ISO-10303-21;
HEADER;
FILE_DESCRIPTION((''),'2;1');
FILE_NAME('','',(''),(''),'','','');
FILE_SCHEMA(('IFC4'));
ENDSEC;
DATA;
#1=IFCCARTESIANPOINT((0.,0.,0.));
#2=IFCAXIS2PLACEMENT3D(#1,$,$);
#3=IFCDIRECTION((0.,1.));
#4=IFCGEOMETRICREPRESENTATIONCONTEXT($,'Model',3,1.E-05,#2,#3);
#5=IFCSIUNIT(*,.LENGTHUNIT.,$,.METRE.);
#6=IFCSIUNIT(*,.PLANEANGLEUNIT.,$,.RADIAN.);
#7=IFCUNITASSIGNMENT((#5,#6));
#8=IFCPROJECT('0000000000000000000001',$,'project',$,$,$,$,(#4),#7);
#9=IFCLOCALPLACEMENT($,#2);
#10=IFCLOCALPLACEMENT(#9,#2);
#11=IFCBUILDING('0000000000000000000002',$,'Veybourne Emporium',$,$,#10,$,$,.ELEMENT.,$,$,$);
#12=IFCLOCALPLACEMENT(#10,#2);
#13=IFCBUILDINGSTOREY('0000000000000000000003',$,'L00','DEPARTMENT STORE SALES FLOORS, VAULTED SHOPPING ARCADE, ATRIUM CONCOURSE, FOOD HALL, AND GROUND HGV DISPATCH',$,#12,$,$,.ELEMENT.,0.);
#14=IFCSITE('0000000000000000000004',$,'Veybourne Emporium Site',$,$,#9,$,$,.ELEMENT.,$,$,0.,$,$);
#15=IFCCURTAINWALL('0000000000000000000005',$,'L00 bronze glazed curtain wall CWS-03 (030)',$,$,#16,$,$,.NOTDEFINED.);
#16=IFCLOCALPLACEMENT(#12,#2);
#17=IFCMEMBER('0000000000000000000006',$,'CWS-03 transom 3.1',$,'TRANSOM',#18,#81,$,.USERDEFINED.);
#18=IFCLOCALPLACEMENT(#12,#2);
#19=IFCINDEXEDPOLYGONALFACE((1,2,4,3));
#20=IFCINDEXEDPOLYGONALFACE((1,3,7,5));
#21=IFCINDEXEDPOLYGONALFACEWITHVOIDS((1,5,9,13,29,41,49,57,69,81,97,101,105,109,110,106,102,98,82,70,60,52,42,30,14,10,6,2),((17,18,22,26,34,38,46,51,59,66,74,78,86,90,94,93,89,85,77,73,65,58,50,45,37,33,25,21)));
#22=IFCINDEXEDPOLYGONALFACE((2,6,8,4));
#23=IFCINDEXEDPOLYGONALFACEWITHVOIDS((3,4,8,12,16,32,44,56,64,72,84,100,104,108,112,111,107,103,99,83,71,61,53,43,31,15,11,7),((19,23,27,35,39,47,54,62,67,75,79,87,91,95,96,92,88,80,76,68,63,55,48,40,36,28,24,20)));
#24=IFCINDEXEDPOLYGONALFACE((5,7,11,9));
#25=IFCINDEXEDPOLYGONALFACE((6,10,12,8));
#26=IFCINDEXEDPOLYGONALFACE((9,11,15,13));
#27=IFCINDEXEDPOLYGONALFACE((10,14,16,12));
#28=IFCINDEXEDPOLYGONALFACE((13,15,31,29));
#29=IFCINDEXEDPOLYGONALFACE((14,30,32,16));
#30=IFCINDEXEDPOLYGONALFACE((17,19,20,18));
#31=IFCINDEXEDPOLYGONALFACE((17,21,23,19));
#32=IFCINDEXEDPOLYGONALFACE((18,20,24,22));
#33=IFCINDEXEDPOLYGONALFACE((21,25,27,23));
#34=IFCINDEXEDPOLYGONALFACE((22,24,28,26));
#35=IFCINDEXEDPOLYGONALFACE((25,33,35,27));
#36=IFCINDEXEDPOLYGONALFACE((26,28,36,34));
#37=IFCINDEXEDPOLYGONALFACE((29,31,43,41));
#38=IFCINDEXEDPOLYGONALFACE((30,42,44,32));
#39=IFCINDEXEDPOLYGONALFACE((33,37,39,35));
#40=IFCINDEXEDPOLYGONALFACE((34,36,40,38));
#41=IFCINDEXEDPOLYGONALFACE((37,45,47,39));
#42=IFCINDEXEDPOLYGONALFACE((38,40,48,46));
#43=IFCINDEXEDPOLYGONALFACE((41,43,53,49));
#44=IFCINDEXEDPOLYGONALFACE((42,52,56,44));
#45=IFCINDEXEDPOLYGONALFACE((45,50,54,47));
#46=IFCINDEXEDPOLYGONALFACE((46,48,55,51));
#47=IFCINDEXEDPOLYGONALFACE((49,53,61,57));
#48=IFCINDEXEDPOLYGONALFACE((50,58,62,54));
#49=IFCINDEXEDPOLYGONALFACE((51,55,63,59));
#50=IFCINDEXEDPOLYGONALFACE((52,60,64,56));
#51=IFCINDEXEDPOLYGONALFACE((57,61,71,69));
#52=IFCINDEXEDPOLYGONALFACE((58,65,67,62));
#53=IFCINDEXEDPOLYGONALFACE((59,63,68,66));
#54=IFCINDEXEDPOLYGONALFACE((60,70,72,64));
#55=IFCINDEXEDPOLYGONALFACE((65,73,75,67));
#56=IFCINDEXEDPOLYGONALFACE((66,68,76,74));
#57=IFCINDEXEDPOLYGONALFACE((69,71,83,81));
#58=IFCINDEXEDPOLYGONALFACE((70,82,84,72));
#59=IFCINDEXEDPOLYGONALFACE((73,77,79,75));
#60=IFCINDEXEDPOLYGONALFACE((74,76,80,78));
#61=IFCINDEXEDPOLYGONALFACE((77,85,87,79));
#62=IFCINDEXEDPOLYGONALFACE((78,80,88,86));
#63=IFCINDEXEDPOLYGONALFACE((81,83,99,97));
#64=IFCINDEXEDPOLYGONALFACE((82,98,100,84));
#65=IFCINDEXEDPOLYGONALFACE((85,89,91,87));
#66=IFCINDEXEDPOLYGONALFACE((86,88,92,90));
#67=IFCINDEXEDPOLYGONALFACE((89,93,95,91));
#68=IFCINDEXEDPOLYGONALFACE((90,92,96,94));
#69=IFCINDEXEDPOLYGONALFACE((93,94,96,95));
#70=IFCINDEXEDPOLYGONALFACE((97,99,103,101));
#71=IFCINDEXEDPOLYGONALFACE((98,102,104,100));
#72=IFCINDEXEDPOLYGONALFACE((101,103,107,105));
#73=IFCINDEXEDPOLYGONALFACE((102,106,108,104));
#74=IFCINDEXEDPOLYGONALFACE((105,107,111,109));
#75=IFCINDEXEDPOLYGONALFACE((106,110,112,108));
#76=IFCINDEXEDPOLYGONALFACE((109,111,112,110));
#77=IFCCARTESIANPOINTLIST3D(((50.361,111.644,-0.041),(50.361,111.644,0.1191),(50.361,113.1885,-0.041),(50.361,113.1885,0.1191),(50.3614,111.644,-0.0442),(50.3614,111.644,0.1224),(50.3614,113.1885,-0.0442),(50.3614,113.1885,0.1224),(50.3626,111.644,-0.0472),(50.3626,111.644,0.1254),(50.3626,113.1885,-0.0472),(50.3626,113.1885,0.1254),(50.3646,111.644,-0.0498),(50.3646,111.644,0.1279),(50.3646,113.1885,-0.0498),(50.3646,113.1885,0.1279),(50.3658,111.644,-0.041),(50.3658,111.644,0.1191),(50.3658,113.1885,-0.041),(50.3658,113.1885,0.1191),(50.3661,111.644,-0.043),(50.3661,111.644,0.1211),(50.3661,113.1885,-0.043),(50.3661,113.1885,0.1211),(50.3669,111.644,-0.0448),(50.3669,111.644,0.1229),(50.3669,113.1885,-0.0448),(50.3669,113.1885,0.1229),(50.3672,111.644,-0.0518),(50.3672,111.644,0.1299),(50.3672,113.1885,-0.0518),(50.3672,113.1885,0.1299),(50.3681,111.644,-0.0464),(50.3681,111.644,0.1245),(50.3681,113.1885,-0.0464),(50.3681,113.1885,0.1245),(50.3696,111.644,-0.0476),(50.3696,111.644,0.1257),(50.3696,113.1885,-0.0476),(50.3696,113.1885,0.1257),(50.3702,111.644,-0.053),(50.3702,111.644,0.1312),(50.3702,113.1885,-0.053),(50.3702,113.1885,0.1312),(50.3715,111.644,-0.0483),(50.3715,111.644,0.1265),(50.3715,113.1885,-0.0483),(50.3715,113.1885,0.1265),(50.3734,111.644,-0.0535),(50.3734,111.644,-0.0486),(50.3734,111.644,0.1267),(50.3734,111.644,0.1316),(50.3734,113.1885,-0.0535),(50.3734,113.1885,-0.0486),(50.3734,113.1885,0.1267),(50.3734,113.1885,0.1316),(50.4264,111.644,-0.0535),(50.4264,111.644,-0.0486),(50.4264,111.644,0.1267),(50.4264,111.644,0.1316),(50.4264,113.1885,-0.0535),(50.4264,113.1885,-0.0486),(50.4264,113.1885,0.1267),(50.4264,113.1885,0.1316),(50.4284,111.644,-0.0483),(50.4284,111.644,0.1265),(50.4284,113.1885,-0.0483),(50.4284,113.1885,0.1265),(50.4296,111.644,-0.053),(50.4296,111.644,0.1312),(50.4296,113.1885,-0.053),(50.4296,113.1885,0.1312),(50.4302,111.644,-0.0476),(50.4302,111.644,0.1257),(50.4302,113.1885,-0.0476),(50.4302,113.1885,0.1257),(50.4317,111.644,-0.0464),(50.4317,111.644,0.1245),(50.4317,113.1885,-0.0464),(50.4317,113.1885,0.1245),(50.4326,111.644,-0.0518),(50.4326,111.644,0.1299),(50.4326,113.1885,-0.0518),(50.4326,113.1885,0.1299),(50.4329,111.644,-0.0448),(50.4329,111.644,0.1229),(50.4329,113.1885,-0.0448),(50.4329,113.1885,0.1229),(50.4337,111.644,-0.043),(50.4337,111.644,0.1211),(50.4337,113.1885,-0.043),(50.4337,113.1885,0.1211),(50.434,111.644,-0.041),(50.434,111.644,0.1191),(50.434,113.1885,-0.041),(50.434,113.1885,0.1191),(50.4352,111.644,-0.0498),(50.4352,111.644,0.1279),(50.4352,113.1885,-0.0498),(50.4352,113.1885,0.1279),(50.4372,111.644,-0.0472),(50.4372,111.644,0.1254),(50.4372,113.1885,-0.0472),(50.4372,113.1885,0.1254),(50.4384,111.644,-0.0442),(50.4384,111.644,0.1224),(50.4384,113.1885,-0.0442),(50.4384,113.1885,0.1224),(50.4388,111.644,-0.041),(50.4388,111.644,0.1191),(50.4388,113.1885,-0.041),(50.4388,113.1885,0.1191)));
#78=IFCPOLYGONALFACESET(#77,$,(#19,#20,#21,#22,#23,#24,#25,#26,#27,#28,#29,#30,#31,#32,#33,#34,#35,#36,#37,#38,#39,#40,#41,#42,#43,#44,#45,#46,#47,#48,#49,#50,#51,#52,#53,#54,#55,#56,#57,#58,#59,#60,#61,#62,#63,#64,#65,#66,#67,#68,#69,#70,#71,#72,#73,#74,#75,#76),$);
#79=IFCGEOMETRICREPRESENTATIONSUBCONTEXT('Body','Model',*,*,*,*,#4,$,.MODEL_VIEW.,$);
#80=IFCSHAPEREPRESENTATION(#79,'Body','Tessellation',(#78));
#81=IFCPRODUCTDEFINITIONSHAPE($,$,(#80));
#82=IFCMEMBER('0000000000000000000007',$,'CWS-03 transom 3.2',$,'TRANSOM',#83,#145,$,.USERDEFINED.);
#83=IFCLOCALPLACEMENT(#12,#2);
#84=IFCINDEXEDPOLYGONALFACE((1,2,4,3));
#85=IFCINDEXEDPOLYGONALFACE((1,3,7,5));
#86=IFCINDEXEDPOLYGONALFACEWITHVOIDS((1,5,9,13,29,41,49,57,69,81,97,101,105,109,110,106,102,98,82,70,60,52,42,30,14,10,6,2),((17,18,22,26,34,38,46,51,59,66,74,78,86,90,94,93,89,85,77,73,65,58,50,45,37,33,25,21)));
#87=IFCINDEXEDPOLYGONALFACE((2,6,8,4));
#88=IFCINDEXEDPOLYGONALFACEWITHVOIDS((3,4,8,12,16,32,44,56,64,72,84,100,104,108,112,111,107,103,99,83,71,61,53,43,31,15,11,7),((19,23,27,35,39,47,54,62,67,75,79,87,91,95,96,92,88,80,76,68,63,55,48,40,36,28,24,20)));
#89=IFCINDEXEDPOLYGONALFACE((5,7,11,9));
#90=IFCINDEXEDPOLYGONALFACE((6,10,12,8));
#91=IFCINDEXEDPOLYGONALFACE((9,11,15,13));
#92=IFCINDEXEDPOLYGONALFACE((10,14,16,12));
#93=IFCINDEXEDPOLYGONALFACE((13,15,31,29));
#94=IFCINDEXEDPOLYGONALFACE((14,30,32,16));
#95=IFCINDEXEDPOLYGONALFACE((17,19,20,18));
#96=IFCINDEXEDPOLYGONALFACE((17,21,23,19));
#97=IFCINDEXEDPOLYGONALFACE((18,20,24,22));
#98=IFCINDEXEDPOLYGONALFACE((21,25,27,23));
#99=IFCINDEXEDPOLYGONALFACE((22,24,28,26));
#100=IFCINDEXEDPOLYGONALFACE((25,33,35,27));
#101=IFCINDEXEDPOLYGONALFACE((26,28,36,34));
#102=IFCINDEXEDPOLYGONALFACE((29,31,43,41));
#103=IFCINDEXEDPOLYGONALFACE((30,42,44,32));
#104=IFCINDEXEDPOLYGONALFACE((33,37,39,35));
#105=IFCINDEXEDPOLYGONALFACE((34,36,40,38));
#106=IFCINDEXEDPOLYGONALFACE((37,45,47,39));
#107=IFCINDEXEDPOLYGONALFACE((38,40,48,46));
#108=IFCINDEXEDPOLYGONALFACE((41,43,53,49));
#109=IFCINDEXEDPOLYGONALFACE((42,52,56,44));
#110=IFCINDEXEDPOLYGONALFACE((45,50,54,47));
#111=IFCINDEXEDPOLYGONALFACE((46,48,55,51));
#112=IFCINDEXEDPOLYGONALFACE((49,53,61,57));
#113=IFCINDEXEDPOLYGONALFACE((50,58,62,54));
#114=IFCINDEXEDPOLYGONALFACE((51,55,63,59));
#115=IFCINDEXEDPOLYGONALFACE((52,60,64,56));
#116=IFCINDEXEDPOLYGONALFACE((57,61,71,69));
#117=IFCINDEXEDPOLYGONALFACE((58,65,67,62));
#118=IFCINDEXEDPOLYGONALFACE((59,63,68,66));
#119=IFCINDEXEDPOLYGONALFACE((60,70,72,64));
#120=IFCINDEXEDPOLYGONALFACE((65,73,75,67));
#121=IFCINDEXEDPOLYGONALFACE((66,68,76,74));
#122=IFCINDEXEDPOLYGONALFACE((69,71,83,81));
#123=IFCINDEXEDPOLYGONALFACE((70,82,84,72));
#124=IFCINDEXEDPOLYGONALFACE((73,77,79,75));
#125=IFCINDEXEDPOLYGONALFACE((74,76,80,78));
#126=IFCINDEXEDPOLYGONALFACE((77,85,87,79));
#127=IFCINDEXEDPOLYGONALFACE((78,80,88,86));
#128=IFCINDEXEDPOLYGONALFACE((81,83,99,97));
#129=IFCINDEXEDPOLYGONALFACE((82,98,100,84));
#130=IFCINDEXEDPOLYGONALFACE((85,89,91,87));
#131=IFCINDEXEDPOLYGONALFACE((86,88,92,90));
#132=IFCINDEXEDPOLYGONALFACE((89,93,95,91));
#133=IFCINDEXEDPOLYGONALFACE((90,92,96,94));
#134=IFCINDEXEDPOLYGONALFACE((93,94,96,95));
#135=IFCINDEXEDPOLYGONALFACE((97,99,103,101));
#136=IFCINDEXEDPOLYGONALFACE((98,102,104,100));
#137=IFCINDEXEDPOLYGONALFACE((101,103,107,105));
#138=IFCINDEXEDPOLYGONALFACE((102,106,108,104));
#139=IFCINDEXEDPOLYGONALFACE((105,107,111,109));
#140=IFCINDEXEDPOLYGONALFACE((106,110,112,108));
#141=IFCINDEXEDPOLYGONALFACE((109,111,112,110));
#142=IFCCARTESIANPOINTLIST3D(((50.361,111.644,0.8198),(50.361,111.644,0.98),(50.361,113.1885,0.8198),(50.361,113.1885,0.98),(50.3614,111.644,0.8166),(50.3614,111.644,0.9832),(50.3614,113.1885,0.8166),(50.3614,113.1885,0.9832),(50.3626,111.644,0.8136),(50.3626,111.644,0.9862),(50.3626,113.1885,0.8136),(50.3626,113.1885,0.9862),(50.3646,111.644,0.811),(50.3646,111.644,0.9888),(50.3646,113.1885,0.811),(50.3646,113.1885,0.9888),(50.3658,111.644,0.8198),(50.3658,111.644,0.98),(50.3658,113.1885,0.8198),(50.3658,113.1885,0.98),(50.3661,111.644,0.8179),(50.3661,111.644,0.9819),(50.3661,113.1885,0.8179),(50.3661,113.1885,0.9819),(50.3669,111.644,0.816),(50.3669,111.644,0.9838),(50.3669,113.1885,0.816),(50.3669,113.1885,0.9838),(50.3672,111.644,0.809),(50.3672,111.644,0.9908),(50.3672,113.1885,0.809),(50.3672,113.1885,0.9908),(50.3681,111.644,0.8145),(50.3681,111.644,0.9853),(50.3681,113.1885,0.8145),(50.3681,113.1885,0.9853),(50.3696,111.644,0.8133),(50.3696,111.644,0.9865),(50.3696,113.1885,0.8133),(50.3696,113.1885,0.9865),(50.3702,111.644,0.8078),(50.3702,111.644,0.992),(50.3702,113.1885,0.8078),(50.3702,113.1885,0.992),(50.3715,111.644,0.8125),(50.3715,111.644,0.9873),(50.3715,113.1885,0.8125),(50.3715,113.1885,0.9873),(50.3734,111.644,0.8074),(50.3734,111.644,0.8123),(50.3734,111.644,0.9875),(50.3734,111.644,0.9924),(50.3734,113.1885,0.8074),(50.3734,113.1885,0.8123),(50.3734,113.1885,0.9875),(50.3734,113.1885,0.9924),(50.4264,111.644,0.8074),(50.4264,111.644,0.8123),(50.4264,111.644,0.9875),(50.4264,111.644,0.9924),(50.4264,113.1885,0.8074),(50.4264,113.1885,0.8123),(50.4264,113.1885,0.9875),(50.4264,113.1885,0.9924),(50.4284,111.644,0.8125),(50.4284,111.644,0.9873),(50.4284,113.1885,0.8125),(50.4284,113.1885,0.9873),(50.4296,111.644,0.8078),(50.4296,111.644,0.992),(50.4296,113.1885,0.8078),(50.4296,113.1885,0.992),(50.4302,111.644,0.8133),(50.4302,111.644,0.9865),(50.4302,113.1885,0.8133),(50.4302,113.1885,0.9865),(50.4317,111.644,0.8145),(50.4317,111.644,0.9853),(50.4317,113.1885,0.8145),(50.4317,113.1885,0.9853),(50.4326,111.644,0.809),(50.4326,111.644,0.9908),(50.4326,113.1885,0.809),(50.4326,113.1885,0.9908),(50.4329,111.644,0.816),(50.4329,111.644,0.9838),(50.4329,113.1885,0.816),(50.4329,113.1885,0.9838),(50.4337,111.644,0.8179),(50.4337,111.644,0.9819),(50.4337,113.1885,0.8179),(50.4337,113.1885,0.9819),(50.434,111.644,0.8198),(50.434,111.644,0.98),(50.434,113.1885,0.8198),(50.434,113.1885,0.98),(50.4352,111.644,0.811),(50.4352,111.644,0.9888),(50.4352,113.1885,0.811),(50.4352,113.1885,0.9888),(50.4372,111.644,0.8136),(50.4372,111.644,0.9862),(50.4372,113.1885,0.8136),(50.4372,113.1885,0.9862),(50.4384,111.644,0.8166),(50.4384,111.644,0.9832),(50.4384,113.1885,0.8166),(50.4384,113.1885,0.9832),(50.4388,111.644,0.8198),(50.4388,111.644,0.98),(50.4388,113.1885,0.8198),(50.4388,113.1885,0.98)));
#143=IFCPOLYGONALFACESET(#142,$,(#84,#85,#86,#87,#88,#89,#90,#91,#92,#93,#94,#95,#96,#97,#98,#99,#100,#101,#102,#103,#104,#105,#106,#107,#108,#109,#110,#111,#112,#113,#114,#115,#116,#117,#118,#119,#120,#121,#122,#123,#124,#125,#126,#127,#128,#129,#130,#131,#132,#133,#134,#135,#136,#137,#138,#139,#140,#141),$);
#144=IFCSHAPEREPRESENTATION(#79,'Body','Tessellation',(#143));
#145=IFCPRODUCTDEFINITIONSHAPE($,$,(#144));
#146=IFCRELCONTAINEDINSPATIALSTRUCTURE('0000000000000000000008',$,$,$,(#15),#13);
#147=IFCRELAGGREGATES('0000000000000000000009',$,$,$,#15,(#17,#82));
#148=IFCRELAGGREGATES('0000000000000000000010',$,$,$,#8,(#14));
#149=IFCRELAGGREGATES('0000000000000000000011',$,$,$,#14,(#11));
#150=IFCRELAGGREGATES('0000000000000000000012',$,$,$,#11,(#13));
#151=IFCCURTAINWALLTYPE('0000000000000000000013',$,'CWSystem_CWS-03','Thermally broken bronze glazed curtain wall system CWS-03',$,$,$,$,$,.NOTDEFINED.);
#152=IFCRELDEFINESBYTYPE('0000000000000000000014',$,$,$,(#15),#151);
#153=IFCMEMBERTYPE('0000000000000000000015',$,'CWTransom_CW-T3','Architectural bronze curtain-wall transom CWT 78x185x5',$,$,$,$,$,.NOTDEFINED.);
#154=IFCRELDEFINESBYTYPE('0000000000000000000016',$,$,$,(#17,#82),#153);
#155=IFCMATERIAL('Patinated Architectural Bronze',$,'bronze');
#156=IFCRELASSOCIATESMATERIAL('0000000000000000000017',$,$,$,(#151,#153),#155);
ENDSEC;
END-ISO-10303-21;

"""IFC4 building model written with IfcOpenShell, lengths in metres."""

from ifc_helpers import new_model, si_unit, direction, frame, origin, origin_2d, place, context, subcontext, project, spatial, hollow_rectangle, extrude, material, material_profile, profile_set, type_object, element, aggregate, save


model = new_model("IFC4")

# Units and contexts
model_context = context("Model", 3, precision=1e-05, world=origin(), true_north=direction((0.0, 1.0)))
body_context = subcontext(model_context, "Body", "Model", "MODEL_VIEW")
ifc_project = project(units=[si_unit("LENGTHUNIT", "METRE"), si_unit("PLANEANGLEUNIT", "RADIAN")], contexts=[model_context])

# Site, building, storey
site_placement = place(None, origin())
site = spatial("IfcSite", under=ifc_project, at=site_placement, Name="Veybourne Emporium Site", CompositionType="ELEMENT", RefElevation=0.0)
building_placement = place(site_placement, origin())
building = spatial("IfcBuilding", under=site, at=building_placement, Name="Veybourne Emporium", CompositionType="ELEMENT")
storey_placement = place(building_placement, origin())
storey = spatial("IfcBuildingStorey", under=building, at=storey_placement, Name="L00", Description="DEPARTMENT STORE SALES FLOORS, VAULTED SHOPPING ARCADE, ATRIUM CONCOURSE, FOOD HALL, AND GROUND HGV DISPATCH", CompositionType="ELEMENT", Elevation=0.0)

# Curtain wall, members
ifc_material_1 = material(Name="Patinated Architectural Bronze", Category="bronze")
curtain_wall_type = type_object("IfcCurtainWallType", Name="CWSystem_CWS-03", Description="Thermally broken bronze glazed curtain wall system CWS-03", PredefinedType="NOTDEFINED", material=ifc_material_1)
curtain_wall_placement = place(storey_placement, origin())
curtain_wall = element("IfcCurtainWall", 1, at=curtain_wall_placement, inside=storey, type_object=curtain_wall_type, Name="L00 bronze glazed curtain wall CWS-03 (030)", PredefinedType="NOTDEFINED")
ifc_material_profile_1 = material_profile(ifc_material_1, hollow_rectangle(XDim=0.0779, YDim=0.1851, WallThickness=0.0049, InnerFilletRadius=0.0076, OuterFilletRadius=0.0125, at=origin_2d()), Name="CWT 78x185x5")
ifc_profile_set_1 = profile_set([ifc_material_profile_1], Name="Patinated Architectural Bronze")
member_type_1 = type_object("IfcMemberType", Name="CWTransom_CW-T3", Description="Architectural bronze curtain-wall transom CWT 78x185x5", PredefinedType="NOTDEFINED", material=ifc_profile_set_1)
member_1_placement = place(storey_placement, frame((50.3999, 111.644, 0.0391), z_axis=(0.0, 1.0, 0.0), x_axis=(-1.0, 0.0, 0.0)))
member_1 = element("IfcMember", 2, at=member_1_placement, type_object=member_type_1, Name="CWS-03 transom 3.1", ObjectType="TRANSOM", PredefinedType="USERDEFINED", context=body_context, shape_type="SweptSolid", body=[
    extrude(hollow_rectangle(XDim=0.0779, YDim=0.1851, WallThickness=0.0049, InnerFilletRadius=0.0076, OuterFilletRadius=0.0125, at=origin_2d()), origin(), (0.0, 0.0, 1.0), 1.5444),
])
member_2_placement = place(storey_placement, frame((50.3999, 111.644, 0.8999), z_axis=(0.0, 1.0, 0.0), x_axis=(-1.0, 0.0, 0.0)))
member_2 = element("IfcMember", 3, at=member_2_placement, type_object=member_type_1, Name="CWS-03 transom 3.2", ObjectType="TRANSOM", PredefinedType="USERDEFINED", context=body_context, shape_type="SweptSolid", body=[
    extrude(hollow_rectangle(XDim=0.0779, YDim=0.1851, WallThickness=0.0049, InnerFilletRadius=0.0076, OuterFilletRadius=0.0125, at=origin_2d()), origin(), (0.0, 0.0, 1.0), 1.5444),
])

aggregate(curtain_wall, [member_1, member_2])

save(model, "model.ifc")
